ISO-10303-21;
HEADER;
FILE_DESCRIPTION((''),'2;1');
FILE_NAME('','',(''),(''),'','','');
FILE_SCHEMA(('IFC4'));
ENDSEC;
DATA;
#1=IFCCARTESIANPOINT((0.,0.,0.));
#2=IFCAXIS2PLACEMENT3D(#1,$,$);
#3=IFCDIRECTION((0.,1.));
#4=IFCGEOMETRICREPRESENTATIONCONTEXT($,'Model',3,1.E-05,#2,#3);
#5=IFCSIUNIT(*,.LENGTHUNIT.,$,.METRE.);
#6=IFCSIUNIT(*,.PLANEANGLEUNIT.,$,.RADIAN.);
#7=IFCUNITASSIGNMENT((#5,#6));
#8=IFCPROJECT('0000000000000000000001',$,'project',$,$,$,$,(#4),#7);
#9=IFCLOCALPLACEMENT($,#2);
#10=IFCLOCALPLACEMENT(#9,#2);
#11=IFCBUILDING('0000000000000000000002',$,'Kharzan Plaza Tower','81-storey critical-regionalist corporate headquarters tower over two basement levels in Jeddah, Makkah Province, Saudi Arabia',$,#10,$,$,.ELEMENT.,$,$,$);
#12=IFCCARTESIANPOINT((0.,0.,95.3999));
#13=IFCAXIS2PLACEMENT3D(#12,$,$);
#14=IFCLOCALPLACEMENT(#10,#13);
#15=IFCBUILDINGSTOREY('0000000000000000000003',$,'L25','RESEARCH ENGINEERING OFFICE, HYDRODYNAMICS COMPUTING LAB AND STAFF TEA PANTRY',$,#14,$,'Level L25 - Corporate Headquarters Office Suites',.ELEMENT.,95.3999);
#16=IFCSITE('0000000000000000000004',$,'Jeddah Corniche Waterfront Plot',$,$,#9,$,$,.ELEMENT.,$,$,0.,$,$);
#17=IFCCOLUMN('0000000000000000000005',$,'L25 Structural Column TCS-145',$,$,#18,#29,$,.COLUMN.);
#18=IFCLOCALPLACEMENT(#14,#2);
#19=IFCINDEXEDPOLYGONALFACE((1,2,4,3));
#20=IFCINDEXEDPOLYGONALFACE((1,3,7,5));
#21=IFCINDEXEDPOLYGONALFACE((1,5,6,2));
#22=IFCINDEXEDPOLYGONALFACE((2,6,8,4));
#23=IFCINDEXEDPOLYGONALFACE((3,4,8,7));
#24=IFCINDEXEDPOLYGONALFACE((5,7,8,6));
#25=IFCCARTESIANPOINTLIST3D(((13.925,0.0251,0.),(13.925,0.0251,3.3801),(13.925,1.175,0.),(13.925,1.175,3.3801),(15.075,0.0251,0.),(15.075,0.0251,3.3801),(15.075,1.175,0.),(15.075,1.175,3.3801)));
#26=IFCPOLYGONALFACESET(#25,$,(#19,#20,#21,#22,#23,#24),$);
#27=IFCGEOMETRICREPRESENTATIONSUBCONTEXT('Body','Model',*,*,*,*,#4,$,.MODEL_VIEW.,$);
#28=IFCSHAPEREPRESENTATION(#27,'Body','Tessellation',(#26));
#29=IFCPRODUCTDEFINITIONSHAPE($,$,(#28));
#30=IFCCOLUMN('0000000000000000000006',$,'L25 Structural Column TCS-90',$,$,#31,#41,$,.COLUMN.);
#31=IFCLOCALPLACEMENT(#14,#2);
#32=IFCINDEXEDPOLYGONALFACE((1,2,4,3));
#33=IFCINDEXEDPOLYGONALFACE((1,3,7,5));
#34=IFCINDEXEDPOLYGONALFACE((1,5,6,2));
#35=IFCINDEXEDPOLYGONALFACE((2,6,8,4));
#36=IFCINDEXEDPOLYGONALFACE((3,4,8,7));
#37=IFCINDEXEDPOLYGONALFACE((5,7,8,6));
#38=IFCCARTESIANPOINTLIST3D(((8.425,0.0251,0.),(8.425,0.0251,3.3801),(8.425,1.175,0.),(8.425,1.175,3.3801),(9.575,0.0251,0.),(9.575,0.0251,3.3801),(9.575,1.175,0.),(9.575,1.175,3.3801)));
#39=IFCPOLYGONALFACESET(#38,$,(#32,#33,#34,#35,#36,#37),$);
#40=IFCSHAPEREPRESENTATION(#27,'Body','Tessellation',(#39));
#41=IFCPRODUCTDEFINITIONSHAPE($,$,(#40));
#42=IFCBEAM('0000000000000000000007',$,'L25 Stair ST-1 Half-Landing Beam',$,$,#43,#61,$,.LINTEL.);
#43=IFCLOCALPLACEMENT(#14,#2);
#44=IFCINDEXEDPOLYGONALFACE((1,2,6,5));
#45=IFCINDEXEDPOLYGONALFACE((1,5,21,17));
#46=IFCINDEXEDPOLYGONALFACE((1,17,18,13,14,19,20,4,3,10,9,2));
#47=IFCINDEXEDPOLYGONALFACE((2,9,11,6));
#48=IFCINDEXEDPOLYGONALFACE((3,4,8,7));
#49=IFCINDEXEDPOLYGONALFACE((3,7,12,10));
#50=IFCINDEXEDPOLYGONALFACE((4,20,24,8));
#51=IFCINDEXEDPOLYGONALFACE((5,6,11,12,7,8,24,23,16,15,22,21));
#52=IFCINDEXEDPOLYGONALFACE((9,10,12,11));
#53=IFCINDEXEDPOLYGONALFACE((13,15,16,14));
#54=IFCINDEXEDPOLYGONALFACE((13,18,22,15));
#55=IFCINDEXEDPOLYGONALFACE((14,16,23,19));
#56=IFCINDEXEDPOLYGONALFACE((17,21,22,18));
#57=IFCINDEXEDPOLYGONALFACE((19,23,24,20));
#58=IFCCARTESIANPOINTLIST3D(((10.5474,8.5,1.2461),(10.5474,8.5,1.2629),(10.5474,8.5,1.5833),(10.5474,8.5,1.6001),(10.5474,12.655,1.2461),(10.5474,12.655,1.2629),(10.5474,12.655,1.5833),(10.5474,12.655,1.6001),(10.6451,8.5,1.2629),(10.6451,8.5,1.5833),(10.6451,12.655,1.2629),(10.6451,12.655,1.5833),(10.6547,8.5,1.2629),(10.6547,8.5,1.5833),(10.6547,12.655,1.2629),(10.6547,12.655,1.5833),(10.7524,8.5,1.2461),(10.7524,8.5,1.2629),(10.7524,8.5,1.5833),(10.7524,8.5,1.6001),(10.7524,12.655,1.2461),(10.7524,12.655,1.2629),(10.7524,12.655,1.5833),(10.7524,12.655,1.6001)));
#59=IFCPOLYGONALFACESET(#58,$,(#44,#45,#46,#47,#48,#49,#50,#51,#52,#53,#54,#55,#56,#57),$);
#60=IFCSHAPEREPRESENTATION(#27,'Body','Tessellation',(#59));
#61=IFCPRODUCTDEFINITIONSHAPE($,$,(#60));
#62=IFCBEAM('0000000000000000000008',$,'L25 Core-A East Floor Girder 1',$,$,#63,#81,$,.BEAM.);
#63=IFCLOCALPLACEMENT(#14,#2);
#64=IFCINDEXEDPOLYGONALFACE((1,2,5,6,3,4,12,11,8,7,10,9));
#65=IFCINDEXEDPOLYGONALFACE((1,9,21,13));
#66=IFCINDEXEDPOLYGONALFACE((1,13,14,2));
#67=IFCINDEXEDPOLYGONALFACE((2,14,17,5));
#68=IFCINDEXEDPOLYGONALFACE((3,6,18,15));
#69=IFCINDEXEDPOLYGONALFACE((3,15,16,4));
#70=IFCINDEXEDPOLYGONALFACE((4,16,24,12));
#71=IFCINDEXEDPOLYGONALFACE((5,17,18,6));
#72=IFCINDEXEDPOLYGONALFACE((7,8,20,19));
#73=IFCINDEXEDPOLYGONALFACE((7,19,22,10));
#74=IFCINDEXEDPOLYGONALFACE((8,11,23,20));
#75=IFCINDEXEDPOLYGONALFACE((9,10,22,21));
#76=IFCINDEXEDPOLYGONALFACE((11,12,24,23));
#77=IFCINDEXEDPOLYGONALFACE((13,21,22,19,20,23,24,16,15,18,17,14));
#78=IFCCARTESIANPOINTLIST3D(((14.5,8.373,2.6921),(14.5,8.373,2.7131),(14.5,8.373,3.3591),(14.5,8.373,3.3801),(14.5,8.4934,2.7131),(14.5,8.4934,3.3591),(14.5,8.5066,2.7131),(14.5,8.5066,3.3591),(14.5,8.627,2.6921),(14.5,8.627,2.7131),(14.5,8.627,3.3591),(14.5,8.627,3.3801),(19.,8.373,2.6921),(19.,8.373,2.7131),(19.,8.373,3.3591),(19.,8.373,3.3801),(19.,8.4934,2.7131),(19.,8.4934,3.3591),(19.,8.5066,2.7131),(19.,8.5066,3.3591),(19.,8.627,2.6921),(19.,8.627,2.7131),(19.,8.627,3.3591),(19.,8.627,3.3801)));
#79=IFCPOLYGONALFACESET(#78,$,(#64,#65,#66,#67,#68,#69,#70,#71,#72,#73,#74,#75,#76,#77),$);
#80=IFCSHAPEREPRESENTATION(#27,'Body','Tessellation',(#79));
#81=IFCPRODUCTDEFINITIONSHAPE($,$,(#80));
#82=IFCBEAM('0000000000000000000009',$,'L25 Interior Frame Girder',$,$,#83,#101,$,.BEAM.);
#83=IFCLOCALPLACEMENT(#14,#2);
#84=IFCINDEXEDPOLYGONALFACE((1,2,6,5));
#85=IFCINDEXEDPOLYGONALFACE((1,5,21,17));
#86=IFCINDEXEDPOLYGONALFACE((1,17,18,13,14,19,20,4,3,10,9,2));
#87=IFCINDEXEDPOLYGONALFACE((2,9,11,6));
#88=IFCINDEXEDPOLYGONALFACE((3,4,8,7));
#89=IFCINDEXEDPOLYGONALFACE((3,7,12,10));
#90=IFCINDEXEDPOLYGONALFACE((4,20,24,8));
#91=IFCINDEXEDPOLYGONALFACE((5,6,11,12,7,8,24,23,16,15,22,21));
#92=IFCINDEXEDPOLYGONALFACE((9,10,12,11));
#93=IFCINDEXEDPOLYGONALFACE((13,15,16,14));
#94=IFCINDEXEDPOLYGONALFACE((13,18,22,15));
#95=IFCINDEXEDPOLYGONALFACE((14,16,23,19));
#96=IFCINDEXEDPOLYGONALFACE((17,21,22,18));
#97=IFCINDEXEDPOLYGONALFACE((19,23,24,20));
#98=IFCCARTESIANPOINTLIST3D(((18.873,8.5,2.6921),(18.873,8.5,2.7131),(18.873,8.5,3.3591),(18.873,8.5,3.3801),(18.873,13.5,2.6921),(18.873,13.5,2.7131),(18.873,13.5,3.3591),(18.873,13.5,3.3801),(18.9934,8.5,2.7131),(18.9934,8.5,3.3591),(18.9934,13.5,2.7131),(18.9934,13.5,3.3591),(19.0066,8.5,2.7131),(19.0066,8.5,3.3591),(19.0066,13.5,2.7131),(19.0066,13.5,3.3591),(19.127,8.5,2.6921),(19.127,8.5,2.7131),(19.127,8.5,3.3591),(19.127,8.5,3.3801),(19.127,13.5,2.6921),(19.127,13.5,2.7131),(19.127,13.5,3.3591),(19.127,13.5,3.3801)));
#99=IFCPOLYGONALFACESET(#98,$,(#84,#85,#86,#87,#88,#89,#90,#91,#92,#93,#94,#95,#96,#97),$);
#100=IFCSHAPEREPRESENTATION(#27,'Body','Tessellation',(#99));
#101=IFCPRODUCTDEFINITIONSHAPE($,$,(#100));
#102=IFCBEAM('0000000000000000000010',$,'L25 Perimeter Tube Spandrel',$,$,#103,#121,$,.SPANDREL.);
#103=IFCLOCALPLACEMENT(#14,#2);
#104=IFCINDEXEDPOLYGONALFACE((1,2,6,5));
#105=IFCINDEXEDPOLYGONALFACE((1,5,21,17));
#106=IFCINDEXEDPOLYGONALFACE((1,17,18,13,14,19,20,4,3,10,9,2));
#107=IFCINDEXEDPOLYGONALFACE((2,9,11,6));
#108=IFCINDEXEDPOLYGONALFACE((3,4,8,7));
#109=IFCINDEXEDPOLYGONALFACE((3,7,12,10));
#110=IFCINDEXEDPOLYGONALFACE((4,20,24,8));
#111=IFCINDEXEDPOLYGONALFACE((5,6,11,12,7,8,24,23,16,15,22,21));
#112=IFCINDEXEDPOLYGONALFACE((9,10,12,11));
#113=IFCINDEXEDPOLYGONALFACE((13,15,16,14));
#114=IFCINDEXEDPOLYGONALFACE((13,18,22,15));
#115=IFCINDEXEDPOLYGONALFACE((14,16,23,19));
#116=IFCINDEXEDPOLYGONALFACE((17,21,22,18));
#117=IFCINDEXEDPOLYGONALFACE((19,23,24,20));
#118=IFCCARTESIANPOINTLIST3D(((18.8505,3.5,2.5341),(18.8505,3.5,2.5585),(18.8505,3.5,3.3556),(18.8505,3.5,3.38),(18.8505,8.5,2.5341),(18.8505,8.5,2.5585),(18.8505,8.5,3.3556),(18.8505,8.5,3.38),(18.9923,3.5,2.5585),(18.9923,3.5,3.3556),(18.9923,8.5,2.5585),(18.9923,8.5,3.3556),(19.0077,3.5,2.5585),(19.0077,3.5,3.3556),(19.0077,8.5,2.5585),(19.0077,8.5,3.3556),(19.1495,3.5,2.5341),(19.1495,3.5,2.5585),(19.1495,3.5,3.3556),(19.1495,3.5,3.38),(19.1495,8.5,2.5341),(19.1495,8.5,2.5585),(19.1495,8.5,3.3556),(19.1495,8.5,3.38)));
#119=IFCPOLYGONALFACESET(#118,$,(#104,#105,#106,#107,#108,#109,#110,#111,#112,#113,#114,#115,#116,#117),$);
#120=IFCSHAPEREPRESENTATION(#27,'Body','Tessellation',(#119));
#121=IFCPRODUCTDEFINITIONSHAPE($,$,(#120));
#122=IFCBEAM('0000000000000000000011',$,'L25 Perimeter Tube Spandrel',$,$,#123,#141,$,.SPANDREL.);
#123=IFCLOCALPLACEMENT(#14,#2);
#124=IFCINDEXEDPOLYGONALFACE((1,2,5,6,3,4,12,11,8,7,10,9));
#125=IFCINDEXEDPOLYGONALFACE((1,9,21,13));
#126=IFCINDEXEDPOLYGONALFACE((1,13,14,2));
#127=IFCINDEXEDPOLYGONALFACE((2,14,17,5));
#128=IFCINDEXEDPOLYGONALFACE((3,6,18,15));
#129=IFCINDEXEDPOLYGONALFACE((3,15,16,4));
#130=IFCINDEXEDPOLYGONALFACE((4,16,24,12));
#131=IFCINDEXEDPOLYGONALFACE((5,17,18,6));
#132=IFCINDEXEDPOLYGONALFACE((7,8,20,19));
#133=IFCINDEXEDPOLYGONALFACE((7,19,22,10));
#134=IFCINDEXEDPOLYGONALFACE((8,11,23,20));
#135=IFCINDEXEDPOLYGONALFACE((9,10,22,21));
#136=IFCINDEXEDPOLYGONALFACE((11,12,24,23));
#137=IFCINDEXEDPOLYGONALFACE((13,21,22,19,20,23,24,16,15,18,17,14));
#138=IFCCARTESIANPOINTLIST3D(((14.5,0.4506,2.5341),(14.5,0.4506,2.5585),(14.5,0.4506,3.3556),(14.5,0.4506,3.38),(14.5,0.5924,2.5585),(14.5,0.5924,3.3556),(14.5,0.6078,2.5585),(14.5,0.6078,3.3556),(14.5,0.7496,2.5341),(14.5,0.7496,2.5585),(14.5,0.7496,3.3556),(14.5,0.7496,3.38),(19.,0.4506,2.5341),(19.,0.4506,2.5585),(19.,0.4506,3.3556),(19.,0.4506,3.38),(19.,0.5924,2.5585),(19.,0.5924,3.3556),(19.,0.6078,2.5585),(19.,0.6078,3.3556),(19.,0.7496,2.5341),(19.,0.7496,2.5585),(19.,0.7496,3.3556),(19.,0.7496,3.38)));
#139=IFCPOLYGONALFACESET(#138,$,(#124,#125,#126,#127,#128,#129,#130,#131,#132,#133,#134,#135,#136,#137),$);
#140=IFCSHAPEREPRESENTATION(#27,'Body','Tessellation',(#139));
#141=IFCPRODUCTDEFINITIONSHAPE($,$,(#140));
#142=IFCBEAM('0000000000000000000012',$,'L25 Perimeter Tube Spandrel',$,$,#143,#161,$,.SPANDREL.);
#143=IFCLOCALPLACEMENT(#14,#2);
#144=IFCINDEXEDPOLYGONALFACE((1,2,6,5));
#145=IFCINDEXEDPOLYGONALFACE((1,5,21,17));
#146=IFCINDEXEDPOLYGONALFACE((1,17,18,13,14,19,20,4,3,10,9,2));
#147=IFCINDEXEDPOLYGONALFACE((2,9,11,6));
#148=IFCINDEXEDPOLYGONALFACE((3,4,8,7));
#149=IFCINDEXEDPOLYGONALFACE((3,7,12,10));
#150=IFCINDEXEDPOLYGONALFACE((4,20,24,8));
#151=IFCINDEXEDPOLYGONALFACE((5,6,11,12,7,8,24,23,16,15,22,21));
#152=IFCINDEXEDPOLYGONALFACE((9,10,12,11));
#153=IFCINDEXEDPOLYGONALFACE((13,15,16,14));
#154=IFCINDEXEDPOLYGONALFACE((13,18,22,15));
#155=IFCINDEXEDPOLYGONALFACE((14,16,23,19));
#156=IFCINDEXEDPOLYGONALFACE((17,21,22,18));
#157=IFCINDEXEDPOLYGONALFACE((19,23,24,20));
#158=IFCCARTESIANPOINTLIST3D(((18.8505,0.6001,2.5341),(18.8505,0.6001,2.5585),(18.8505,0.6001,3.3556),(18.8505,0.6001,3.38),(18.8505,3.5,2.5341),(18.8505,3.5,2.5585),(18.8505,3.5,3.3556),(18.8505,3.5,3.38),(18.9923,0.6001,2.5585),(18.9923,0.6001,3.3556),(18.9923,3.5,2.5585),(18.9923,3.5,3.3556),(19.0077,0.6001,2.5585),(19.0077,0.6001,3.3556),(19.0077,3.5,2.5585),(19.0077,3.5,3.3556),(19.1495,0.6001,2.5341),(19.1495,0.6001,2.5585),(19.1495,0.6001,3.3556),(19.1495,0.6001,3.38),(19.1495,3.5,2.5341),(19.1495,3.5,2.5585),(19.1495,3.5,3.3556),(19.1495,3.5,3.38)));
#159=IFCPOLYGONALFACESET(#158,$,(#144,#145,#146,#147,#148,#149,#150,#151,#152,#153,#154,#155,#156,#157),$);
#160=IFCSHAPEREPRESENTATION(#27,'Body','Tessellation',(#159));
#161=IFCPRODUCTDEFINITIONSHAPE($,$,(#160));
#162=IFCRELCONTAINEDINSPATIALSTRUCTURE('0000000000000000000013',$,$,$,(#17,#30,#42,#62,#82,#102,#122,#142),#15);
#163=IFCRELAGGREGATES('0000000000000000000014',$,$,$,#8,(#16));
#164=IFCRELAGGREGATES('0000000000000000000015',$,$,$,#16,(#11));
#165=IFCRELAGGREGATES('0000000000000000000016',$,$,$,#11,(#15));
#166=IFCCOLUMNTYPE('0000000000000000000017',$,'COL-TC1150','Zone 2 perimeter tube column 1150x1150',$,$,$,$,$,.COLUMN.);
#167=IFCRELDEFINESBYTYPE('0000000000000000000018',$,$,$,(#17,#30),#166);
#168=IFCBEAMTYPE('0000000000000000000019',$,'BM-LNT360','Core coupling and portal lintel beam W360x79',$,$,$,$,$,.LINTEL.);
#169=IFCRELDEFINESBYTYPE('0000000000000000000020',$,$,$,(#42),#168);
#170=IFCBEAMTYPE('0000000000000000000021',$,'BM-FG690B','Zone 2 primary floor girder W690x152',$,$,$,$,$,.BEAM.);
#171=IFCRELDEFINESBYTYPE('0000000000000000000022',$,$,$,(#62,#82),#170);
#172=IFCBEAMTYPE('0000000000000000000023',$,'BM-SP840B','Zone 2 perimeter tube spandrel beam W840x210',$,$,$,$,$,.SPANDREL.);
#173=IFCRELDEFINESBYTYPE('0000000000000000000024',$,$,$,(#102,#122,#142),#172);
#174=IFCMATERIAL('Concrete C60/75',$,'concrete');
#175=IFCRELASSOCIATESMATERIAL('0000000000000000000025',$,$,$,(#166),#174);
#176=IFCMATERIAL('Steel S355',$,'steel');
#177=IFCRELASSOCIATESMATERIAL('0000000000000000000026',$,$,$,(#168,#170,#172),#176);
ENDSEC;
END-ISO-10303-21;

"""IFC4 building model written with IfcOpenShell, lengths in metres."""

from ifc_helpers import new_model, si_unit, direction, frame, origin, origin_2d, place, context, subcontext, project, spatial, rectangle, i_section, extrude, source, transform, mapped, material, material_profile, profile_set, type_object, element, save


model = new_model("IFC4")

# Units and contexts
model_context = context("Model", 3, precision=1e-05, world=origin(), true_north=direction((0.0, 1.0)))
body_context = subcontext(model_context, "Body", "Model", "MODEL_VIEW")
ifc_project = project(units=[si_unit("LENGTHUNIT", "METRE"), si_unit("PLANEANGLEUNIT", "RADIAN")], contexts=[model_context])

# Site, building, storey
site_placement = place(None, origin())
site = spatial("IfcSite", under=ifc_project, at=site_placement, Name="Jeddah Corniche Waterfront Plot", CompositionType="ELEMENT", RefElevation=0.0)
building_placement = place(site_placement, origin())
building = spatial("IfcBuilding", under=site, at=building_placement, Name="Kharzan Plaza Tower", Description="81-storey critical-regionalist corporate headquarters tower over two basement levels in Jeddah, Makkah Province, Saudi Arabia", CompositionType="ELEMENT")
storey_placement = place(building_placement, frame((0.0, 0.0, 95.3999)))
storey = spatial("IfcBuildingStorey", under=building, at=storey_placement, Name="L25", Description="RESEARCH ENGINEERING OFFICE, HYDRODYNAMICS COMPUTING LAB AND STAFF TEA PANTRY", LongName="Level L25 - Corporate Headquarters Office Suites", CompositionType="ELEMENT", Elevation=95.3999)

# Columns
ifc_material_1 = material(Name="Concrete C60/75", Category="concrete")
ifc_material_profile_1 = material_profile(ifc_material_1, rectangle(XDim=1.1499, YDim=1.1499, at=origin_2d()), Name="RC-TC1150x1150")
ifc_profile_set_1 = profile_set([ifc_material_profile_1], Name="Concrete C60/75")
column_type = type_object("IfcColumnType", Name="COL-TC1150", Description="Zone 2 perimeter tube column 1150x1150", PredefinedType="COLUMN", material=ifc_profile_set_1)
shared_shape_1 = source(origin(), body_context, "Body", "SweptSolid", [
    extrude(rectangle(XDim=1.1499, YDim=1.1499, at=origin_2d()), origin(), (0.0, 0.0, 1.0), 3.3801),
])
for number, where, z_axis, x_axis, name in (
    (1, (14.5, 0.6001, 0.0), (0.0, 0.0, 1.0), (1.0, 0.0, 0.0), "L25 Structural Column TCS-145"),
    (2, (9.0, 0.6001, 0.0), (0.0, 0.0, 1.0), (1.0, 0.0, 0.0), "L25 Structural Column TCS-90"),
):
    element("IfcColumn", number, at=place(storey_placement, frame(where, z_axis=z_axis, x_axis=x_axis)), inside=storey, type_object=column_type, Name=name, PredefinedType="COLUMN", context=body_context, shape_type="MappedRepresentation", body=[
        mapped(shared_shape_1, transform((0.0, 0.0, 0.0), x_axis=(1.0, 0.0, 0.0), y_axis=(0.0, 1.0, 0.0), z_axis=(0.0, 0.0, 1.0))),
    ])

# Beams
ifc_material_2 = material(Name="Steel S355", Category="steel")
ifc_material_profile_2 = material_profile(ifc_material_2, i_section(OverallWidth=0.2051, OverallDepth=0.354, WebThickness=0.0095, FlangeThickness=0.0168, at=origin_2d()), Name="W360x79")
ifc_profile_set_2 = profile_set([ifc_material_profile_2], Name="Steel S355")
beam_type_1 = type_object("IfcBeamType", Name="BM-LNT360", Description="Core coupling and portal lintel beam W360x79", PredefinedType="LINTEL", material=ifc_profile_set_2)
shared_shape_2 = source(origin(), body_context, "Body", "SweptSolid", [
    extrude(i_section(OverallWidth=0.2051, OverallDepth=0.354, WebThickness=0.0095, FlangeThickness=0.0168, at=origin_2d()), origin(), (0.0, 0.0, 1.0), 4.155),
])
beam_1_placement = place(storey_placement, frame((10.6499, 8.5, 1.4231), z_axis=(0.0, 1.0, 0.0), x_axis=(-1.0, 0.0, 0.0)))
element("IfcBeam", 3, at=beam_1_placement, inside=storey, type_object=beam_type_1, Name="L25 Stair ST-1 Half-Landing Beam", PredefinedType="LINTEL", context=body_context, shape_type="MappedRepresentation", body=[
    mapped(shared_shape_2, transform((0.0, 0.0, 0.0), x_axis=(1.0, 0.0, 0.0), y_axis=(0.0, 1.0, 0.0), z_axis=(0.0, 0.0, 1.0))),
])
ifc_material_profile_3 = material_profile(ifc_material_2, i_section(OverallWidth=0.2539, OverallDepth=0.688, WebThickness=0.0132, FlangeThickness=0.021, at=origin_2d()), Name="W690x152")
ifc_profile_set_3 = profile_set([ifc_material_profile_3], Name="Steel S355")
beam_type_2 = type_object("IfcBeamType", Name="BM-FG690B", Description="Zone 2 primary floor girder W690x152", PredefinedType="BEAM", material=ifc_profile_set_3)
shared_shape_3 = source(origin(), body_context, "Body", "SweptSolid", [
    extrude(i_section(OverallWidth=0.2539, OverallDepth=0.688, WebThickness=0.0132, FlangeThickness=0.021, at=origin_2d()), origin(), (0.0, 0.0, 1.0), 4.5),
])
beam_2_placement = place(storey_placement, frame((14.5, 8.5, 3.0361), z_axis=(1.0, 0.0, 0.0), x_axis=(0.0, 1.0, 0.0)))
element("IfcBeam", 4, at=beam_2_placement, inside=storey, type_object=beam_type_2, Name="L25 Core-A East Floor Girder 1", PredefinedType="BEAM", context=body_context, shape_type="MappedRepresentation", body=[
    mapped(shared_shape_3, transform((0.0, 0.0, 0.0), x_axis=(1.0, 0.0, 0.0), y_axis=(0.0, 1.0, 0.0), z_axis=(0.0, 0.0, 1.0))),
])
shared_shape_4 = source(origin(), body_context, "Body", "SweptSolid", [
    extrude(i_section(OverallWidth=0.2539, OverallDepth=0.688, WebThickness=0.0132, FlangeThickness=0.021, at=origin_2d()), origin(), (0.0, 0.0, 1.0), 5.0),
])
beam_3_placement = place(storey_placement, frame((19.0, 8.5, 3.0361), z_axis=(0.0, 1.0, 0.0), x_axis=(-1.0, 0.0, 0.0)))
element("IfcBeam", 5, at=beam_3_placement, inside=storey, type_object=beam_type_2, Name="L25 Interior Frame Girder", PredefinedType="BEAM", context=body_context, shape_type="MappedRepresentation", body=[
    mapped(shared_shape_4, transform((0.0, 0.0, 0.0), x_axis=(1.0, 0.0, 0.0), y_axis=(0.0, 1.0, 0.0), z_axis=(0.0, 0.0, 1.0))),
])
ifc_material_profile_4 = material_profile(ifc_material_2, i_section(OverallWidth=0.2991, OverallDepth=0.8459, WebThickness=0.0154, FlangeThickness=0.0244, at=origin_2d()), Name="W840x210")
ifc_profile_set_4 = profile_set([ifc_material_profile_4], Name="Steel S355")
beam_type_3 = type_object("IfcBeamType", Name="BM-SP840B", Description="Zone 2 perimeter tube spandrel beam W840x210", PredefinedType="SPANDREL", material=ifc_profile_set_4)
shared_shape_5 = source(origin(), body_context, "Body", "SweptSolid", [
    extrude(i_section(OverallWidth=0.2991, OverallDepth=0.8459, WebThickness=0.0154, FlangeThickness=0.0244, at=origin_2d()), origin(), (0.0, 0.0, 1.0), 5.0),
])
beam_4_placement = place(storey_placement, frame((19.0, 3.5, 2.957), z_axis=(0.0, 1.0, 0.0), x_axis=(-1.0, 0.0, 0.0)))
element("IfcBeam", 6, at=beam_4_placement, inside=storey, type_object=beam_type_3, Name="L25 Perimeter Tube Spandrel", PredefinedType="SPANDREL", context=body_context, shape_type="MappedRepresentation", body=[
    mapped(shared_shape_5, transform((0.0, 0.0, 0.0), x_axis=(1.0, 0.0, 0.0), y_axis=(0.0, 1.0, 0.0), z_axis=(0.0, 0.0, 1.0))),
])
shared_shape_6 = source(origin(), body_context, "Body", "SweptSolid", [
    extrude(i_section(OverallWidth=0.2991, OverallDepth=0.8459, WebThickness=0.0154, FlangeThickness=0.0244, at=origin_2d()), origin(), (0.0, 0.0, 1.0), 4.5),
])
beam_5_placement = place(storey_placement, frame((14.5, 0.6001, 2.957), z_axis=(1.0, 0.0, 0.0), x_axis=(0.0, 1.0, 0.0)))
element("IfcBeam", 7, at=beam_5_placement, inside=storey, type_object=beam_type_3, Name="L25 Perimeter Tube Spandrel", PredefinedType="SPANDREL", context=body_context, shape_type="MappedRepresentation", body=[
    mapped(shared_shape_6, transform((0.0, 0.0, 0.0), x_axis=(1.0, 0.0, 0.0), y_axis=(0.0, 1.0, 0.0), z_axis=(0.0, 0.0, 1.0))),
])
shared_shape_7 = source(origin(), body_context, "Body", "SweptSolid", [
    extrude(i_section(OverallWidth=0.2991, OverallDepth=0.8459, WebThickness=0.0154, FlangeThickness=0.0244, at=origin_2d()), origin(), (0.0, 0.0, 1.0), 2.8999),
])
beam_6_placement = place(storey_placement, frame((19.0, 0.6001, 2.957), z_axis=(0.0, 1.0, 0.0), x_axis=(-1.0, 0.0, 0.0)))
element("IfcBeam", 8, at=beam_6_placement, inside=storey, type_object=beam_type_3, Name="L25 Perimeter Tube Spandrel", PredefinedType="SPANDREL", context=body_context, shape_type="MappedRepresentation", body=[
    mapped(shared_shape_7, transform((0.0, 0.0, 0.0), x_axis=(1.0, 0.0, 0.0), y_axis=(0.0, 1.0, 0.0), z_axis=(0.0, 0.0, 1.0))),
])

save(model, "model.ifc")
